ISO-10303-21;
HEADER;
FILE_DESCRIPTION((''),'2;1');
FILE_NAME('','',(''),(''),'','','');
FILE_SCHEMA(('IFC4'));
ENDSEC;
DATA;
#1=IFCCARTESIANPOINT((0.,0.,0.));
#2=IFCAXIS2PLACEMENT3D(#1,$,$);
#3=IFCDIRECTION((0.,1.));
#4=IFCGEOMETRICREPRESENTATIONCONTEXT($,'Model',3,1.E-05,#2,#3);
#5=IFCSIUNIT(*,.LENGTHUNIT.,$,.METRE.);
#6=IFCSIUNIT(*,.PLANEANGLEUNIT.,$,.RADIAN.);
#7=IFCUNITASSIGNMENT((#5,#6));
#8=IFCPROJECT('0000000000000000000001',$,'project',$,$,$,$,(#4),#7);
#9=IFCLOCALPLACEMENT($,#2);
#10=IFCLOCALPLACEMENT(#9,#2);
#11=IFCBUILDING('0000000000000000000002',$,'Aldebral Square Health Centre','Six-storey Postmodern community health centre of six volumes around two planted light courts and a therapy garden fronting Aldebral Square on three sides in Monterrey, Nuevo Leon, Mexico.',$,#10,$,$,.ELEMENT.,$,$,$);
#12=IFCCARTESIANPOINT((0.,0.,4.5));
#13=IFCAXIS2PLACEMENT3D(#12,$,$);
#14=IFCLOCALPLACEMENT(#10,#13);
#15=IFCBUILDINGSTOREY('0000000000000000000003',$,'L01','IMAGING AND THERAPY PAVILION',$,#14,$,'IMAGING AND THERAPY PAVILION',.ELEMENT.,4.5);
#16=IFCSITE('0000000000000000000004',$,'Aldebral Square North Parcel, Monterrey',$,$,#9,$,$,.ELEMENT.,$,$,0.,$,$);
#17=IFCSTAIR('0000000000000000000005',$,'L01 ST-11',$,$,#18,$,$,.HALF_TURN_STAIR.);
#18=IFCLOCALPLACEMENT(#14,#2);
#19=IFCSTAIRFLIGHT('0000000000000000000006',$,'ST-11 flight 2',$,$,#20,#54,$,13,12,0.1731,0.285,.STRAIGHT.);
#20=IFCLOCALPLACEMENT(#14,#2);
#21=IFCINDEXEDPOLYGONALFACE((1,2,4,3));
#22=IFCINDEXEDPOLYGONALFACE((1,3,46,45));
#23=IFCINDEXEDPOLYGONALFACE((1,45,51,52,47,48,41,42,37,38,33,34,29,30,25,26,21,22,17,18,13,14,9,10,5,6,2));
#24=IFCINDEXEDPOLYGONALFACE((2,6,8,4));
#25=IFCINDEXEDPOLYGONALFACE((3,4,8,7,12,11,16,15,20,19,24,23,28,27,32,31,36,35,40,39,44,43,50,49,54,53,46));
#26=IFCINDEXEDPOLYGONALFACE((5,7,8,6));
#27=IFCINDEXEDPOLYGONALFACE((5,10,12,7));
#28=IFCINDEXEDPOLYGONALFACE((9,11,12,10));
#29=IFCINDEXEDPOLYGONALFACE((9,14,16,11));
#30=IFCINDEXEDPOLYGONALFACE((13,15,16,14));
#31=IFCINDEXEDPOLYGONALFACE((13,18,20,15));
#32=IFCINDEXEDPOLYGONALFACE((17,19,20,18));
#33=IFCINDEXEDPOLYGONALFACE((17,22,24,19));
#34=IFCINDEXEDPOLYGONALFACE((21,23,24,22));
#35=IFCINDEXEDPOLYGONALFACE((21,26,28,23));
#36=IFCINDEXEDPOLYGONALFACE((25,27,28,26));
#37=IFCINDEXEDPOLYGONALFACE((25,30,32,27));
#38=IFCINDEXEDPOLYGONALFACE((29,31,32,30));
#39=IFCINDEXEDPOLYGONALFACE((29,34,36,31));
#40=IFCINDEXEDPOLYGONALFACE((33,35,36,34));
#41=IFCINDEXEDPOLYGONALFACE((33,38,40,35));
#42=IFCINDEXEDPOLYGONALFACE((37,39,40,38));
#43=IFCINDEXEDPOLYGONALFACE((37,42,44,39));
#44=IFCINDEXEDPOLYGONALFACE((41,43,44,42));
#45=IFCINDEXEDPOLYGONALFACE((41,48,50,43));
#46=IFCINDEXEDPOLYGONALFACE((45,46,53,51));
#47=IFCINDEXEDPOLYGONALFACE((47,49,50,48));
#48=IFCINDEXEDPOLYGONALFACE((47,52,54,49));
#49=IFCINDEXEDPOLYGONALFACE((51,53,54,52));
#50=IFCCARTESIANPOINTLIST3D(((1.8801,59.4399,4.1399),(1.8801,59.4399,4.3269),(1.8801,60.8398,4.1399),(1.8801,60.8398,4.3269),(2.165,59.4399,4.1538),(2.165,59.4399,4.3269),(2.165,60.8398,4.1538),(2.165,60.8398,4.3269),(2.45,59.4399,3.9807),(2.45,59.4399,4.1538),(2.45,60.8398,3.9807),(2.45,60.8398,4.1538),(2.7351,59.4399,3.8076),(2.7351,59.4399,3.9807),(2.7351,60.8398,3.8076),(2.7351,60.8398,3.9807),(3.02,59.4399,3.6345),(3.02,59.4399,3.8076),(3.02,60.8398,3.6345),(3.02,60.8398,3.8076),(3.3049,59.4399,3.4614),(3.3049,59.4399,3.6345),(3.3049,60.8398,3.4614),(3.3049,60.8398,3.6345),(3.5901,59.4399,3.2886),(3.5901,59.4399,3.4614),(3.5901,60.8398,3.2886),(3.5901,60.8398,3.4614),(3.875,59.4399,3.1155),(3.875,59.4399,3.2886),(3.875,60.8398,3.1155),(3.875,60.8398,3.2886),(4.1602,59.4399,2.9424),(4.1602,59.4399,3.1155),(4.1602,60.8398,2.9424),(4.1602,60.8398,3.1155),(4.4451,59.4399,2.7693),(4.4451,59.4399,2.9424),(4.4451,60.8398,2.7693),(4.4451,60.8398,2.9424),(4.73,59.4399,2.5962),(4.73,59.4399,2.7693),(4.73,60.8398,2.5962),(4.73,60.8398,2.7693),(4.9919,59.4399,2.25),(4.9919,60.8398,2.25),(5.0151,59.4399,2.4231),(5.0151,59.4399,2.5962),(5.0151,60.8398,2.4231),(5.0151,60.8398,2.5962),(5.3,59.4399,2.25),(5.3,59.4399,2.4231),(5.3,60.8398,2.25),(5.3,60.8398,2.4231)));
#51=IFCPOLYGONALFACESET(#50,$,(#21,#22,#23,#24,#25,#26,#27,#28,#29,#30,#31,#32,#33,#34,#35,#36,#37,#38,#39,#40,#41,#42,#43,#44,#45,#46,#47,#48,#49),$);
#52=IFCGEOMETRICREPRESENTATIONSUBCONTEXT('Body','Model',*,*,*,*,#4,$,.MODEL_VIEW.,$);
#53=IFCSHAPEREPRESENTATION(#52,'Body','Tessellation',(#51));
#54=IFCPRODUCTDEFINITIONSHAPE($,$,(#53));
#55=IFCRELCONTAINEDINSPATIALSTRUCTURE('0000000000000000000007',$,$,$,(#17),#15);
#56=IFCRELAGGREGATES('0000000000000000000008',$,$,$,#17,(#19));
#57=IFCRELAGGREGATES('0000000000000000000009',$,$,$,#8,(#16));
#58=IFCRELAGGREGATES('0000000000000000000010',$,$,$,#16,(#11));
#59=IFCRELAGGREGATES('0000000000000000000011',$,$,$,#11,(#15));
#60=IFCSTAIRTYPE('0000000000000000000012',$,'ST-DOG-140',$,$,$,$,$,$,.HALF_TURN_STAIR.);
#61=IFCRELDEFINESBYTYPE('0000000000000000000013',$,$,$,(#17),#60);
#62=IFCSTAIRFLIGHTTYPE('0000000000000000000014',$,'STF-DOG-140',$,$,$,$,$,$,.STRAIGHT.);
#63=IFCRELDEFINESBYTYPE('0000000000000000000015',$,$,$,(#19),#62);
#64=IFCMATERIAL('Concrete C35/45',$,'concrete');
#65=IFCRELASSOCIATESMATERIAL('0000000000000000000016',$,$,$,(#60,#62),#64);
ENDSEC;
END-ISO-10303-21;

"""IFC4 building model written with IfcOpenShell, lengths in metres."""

from ifc_helpers import new_model, si_unit, direction, frame, origin, place, context, subcontext, project, spatial, polyline, outline, extrude, material, type_object, element, aggregate, save


model = new_model("IFC4")

# Units and contexts
model_context = context("Model", 3, precision=1e-05, world=origin(), true_north=direction((0.0, 1.0)))
body_context = subcontext(model_context, "Body", "Model", "MODEL_VIEW")
ifc_project = project(units=[si_unit("LENGTHUNIT", "METRE"), si_unit("PLANEANGLEUNIT", "RADIAN")], contexts=[model_context])

# Site, building, storey
site_placement = place(None, origin())
site = spatial("IfcSite", under=ifc_project, at=site_placement, Name="Aldebral Square North Parcel, Monterrey", CompositionType="ELEMENT", RefElevation=0.0)
building_placement = place(site_placement, origin())
building = spatial("IfcBuilding", under=site, at=building_placement, Name="Aldebral Square Health Centre", Description="Six-storey Postmodern community health centre of six volumes around two planted light courts and a therapy garden fronting Aldebral Square on three sides in Monterrey, Nuevo Leon, Mexico.", CompositionType="ELEMENT")
storey_placement = place(building_placement, frame((0.0, 0.0, 4.5)))
storey = spatial("IfcBuildingStorey", under=building, at=storey_placement, Name="L01", Description="IMAGING AND THERAPY PAVILION", LongName="IMAGING AND THERAPY PAVILION", CompositionType="ELEMENT", Elevation=4.5)

# Stair, stair flight
ifc_material_1 = material(Name="Concrete C35/45", Category="concrete")
stair_type = type_object("IfcStairType", Name="ST-DOG-140", PredefinedType="HALF_TURN_STAIR", material=ifc_material_1)
stair_placement = place(storey_placement, origin())
stair = element("IfcStair", 1, at=stair_placement, inside=storey, type_object=stair_type, Name="L01 ST-11", PredefinedType="HALF_TURN_STAIR")
stair_flight_type = type_object("IfcStairFlightType", Name="STF-DOG-140", PredefinedType="STRAIGHT", material=ifc_material_1)
stair_flight_1_placement = place(storey_placement, frame((5.3, 60.1399, 2.25), z_axis=(0.0, 0.0, 1.0), x_axis=(-1.0, 0.0, 0.0)))
stair_flight_1 = element("IfcStairFlight", 2, at=stair_flight_1_placement, type_object=stair_flight_type, Name="ST-11 flight 2", NumberOfRisers=13, NumberOfTreads=12, PredefinedType="STRAIGHT", RiserHeight=0.1731, TreadLength=0.285, context=body_context, shape_type="SweptSolid", body=[
    extrude(outline(polyline([(0.0, 0.0), (0.0, 0.1731), (0.2849, 0.1731), (0.2849, 0.3462), (0.5701, 0.3462), (0.5701, 0.5193), (0.855, 0.5193), (0.855, 0.6924), (1.1399, 0.6924), (1.1399, 0.8655), (1.425, 0.8655), (1.425, 1.0386), (1.71, 1.0386), (1.71, 1.2114), (1.9951, 1.2114), (1.9951, 1.3845), (2.28, 1.3845), (2.28, 1.5576), (2.5649, 1.5576), (2.5649, 1.7307), (2.8501, 1.7307), (2.8501, 1.9038), (3.135, 1.9038), (3.135, 2.0769), (3.4199, 2.0769), (3.4199, 2.25), (3.4199, 1.8899), (0.3081, 0.0), (0.0, 0.0)])), frame((0.0, 0.7, 0.0), z_axis=(0.0, -1.0, 0.0), x_axis=(1.0, 0.0, 0.0)), (0.0, 0.0, 1.0), 1.3999),
])
aggregate(stair, [stair_flight_1])

save(model, "model.ifc")
